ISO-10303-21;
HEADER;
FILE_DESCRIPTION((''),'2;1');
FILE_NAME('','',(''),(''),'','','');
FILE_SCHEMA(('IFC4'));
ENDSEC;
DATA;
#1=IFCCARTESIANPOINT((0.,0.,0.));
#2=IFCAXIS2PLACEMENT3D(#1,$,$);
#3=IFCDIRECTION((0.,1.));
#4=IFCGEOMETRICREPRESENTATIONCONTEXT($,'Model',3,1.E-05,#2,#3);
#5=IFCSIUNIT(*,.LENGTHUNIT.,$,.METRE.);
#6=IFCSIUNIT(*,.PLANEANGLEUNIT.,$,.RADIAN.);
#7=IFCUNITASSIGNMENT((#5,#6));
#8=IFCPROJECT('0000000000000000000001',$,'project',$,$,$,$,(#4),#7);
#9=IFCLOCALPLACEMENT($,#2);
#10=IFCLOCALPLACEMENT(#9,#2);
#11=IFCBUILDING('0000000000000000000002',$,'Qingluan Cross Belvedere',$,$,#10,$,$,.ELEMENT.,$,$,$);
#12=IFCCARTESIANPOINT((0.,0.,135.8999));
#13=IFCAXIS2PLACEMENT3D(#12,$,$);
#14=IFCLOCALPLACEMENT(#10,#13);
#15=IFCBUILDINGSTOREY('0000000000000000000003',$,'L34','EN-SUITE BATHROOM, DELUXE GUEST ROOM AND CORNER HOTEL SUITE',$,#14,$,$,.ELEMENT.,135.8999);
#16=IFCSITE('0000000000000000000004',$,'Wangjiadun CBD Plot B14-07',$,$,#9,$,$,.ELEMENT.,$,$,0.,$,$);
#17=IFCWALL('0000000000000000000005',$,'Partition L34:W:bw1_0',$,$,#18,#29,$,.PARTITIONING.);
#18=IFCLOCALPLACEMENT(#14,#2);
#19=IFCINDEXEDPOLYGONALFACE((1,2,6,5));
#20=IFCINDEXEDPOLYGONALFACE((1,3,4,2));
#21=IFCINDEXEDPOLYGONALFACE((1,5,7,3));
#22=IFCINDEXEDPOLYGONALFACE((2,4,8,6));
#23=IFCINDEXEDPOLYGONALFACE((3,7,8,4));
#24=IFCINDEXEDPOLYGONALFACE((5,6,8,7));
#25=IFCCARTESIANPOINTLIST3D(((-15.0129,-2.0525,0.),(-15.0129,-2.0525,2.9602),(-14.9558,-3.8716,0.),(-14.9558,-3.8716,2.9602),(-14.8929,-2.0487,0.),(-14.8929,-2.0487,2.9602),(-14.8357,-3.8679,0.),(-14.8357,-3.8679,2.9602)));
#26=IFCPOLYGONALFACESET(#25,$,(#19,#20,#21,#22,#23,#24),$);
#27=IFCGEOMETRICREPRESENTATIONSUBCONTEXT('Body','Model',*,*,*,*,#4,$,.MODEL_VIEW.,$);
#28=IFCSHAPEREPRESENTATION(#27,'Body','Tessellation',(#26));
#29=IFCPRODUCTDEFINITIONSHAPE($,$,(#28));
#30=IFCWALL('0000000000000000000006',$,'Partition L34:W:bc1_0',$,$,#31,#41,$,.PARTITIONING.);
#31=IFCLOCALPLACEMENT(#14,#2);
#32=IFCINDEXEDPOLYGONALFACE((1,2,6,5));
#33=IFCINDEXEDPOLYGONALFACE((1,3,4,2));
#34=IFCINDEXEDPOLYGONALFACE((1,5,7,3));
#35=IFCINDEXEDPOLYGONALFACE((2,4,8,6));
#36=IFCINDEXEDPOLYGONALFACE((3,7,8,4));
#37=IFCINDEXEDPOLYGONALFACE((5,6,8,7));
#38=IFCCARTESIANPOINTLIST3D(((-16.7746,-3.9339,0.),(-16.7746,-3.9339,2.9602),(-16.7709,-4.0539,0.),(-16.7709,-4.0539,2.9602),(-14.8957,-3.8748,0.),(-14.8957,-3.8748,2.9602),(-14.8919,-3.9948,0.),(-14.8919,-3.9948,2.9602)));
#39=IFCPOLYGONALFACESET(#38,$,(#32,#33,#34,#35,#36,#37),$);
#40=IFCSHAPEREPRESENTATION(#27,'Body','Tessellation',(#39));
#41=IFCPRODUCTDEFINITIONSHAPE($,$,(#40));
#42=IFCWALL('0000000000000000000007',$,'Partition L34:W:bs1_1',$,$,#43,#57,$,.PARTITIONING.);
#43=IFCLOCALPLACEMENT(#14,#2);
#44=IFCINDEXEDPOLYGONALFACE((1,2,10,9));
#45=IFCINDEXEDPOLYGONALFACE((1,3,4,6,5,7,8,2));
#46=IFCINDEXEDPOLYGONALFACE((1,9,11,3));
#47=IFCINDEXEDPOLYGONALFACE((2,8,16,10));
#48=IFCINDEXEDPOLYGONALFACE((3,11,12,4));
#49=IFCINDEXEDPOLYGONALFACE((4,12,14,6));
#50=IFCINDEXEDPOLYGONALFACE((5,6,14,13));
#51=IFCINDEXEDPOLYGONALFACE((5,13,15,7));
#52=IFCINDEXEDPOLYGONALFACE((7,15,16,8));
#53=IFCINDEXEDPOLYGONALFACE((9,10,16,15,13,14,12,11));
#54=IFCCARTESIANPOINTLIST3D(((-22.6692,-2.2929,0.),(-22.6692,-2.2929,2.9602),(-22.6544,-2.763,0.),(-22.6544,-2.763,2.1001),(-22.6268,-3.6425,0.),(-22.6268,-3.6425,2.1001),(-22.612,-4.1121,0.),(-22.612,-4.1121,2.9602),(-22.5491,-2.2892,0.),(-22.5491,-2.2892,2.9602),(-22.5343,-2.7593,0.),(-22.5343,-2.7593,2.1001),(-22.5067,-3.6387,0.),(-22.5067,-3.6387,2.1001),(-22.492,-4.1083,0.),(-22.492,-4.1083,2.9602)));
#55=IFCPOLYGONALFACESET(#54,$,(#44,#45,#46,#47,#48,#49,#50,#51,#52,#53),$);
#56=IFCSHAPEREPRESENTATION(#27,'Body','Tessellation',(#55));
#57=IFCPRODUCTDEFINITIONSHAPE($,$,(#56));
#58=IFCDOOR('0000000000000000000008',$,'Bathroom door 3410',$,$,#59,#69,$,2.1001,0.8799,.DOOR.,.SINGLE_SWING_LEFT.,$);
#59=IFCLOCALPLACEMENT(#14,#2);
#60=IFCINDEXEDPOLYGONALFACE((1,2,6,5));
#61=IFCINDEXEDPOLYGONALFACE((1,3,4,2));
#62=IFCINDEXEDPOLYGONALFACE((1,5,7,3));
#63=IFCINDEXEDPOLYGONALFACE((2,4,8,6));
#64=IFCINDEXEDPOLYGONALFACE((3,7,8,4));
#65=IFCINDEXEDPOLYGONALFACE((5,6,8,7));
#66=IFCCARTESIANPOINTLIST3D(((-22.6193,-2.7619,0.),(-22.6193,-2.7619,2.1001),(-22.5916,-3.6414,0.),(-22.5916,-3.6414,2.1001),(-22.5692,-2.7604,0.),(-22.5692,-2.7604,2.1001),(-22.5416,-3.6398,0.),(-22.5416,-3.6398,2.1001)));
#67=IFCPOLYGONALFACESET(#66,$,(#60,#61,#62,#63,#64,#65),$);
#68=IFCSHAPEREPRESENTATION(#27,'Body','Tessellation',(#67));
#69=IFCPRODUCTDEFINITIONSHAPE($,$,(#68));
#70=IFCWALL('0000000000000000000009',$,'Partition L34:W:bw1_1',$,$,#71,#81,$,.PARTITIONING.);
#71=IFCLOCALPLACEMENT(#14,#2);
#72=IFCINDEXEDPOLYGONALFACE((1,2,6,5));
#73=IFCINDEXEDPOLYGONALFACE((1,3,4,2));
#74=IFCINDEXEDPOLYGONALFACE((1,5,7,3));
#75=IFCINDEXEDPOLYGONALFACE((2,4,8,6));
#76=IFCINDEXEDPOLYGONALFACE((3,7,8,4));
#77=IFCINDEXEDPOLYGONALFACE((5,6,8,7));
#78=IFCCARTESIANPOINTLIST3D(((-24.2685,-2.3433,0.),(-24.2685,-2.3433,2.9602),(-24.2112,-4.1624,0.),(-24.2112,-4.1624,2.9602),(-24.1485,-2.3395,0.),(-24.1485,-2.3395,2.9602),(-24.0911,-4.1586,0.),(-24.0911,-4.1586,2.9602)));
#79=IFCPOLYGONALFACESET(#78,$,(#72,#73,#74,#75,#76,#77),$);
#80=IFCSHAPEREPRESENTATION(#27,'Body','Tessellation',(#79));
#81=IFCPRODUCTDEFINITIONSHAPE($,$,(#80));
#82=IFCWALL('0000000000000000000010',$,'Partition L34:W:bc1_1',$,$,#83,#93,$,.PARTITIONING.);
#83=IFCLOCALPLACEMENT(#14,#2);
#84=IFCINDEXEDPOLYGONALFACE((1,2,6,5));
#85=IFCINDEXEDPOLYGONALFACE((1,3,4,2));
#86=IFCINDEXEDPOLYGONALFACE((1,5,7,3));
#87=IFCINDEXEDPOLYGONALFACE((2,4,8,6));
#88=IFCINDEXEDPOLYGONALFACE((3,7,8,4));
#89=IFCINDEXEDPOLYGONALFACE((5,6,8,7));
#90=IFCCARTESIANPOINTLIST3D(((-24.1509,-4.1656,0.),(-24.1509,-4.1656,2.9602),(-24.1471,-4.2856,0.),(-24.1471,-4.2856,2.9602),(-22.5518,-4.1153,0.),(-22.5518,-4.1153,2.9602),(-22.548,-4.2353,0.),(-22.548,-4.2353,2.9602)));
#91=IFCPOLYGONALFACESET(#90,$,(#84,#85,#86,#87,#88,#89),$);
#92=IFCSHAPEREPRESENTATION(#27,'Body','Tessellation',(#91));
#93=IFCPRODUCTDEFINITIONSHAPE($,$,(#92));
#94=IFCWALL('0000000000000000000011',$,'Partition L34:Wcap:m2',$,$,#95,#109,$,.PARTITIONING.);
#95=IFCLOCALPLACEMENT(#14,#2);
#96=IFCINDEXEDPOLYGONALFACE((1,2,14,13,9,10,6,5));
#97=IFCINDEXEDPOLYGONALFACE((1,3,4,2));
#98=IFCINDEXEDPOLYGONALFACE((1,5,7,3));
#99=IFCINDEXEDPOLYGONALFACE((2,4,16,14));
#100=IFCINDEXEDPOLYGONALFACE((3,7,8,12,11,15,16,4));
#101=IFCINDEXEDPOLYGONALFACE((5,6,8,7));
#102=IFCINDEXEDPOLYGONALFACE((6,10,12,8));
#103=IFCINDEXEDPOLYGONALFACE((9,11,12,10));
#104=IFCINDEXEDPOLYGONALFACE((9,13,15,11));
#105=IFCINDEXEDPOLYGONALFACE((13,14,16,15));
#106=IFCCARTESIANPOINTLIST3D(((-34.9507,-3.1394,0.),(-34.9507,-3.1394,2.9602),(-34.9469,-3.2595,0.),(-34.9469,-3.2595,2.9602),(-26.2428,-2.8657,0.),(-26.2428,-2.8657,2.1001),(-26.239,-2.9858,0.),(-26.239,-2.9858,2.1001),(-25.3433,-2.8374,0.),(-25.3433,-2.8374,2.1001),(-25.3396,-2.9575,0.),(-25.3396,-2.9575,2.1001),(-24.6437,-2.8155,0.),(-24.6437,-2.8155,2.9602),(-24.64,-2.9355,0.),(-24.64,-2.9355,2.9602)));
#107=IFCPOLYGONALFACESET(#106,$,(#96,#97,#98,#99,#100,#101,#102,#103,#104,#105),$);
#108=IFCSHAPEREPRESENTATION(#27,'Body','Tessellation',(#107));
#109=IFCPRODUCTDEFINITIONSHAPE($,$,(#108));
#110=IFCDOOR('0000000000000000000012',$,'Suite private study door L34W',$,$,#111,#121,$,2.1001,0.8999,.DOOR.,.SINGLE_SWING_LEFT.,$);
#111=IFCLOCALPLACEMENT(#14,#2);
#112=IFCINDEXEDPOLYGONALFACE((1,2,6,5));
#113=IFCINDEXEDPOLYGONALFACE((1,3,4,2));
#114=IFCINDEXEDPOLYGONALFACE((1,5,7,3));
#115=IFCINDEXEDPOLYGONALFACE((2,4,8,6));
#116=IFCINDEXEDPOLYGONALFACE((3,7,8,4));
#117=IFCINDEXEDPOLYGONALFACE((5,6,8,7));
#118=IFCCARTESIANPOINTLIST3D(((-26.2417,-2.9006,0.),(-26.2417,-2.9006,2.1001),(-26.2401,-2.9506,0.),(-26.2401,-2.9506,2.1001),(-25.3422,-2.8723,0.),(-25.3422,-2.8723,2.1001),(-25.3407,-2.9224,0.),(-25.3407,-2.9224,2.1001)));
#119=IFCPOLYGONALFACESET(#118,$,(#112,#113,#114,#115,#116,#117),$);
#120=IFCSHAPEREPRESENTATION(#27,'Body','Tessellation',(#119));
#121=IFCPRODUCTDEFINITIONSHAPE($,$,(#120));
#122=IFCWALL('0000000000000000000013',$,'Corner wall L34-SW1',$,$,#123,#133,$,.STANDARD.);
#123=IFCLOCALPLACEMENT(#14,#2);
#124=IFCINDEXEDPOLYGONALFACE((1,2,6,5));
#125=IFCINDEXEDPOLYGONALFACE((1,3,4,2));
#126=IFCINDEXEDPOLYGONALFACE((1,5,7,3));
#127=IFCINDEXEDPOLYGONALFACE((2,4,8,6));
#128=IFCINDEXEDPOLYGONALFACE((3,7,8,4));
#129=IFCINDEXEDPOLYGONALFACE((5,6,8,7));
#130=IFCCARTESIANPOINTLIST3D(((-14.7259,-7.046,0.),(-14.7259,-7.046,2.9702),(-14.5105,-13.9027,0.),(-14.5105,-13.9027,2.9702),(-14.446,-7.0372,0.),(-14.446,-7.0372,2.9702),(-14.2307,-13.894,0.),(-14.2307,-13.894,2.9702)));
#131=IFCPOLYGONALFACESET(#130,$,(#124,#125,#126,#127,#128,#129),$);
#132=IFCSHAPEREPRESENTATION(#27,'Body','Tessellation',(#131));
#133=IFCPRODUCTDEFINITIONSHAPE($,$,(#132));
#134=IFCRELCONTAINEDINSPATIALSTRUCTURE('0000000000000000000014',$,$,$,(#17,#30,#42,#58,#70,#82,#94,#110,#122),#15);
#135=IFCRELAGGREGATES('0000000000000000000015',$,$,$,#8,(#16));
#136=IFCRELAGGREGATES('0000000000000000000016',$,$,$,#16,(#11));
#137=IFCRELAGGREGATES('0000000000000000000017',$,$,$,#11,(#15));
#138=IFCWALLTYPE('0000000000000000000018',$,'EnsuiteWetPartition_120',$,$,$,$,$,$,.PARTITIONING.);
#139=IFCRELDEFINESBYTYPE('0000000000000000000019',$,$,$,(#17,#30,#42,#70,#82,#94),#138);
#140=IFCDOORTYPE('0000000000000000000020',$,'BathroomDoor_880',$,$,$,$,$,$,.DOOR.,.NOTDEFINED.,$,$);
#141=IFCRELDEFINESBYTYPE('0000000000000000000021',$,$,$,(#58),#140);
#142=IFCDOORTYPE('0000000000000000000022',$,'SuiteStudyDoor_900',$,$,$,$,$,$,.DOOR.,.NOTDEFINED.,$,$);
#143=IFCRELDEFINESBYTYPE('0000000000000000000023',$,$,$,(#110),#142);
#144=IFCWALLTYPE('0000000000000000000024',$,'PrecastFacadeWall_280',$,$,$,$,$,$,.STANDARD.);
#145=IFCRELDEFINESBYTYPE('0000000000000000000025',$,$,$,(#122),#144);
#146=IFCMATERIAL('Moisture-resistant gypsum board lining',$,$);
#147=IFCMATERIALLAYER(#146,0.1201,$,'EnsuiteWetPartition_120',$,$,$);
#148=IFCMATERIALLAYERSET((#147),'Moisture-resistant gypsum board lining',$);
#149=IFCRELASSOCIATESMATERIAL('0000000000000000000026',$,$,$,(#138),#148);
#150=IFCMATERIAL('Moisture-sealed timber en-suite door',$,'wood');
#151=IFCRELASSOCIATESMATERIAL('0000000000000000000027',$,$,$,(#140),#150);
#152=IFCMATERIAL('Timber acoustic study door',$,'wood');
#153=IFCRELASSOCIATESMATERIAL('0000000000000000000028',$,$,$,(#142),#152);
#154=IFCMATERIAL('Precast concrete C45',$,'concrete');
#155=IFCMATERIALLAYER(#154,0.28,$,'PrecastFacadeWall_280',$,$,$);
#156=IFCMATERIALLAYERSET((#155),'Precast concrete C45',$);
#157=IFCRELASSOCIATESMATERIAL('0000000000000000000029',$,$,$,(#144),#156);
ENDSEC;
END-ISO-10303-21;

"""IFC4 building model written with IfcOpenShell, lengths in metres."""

from ifc_helpers import new_model, si_unit, direction, frame, frame_2d, origin, place, context, subcontext, project, spatial, rectangle, extrude, material, layer, layer_set, type_object, element, fill, save


model = new_model("IFC4")

# Units and contexts
model_context = context("Model", 3, precision=1e-05, world=origin(), true_north=direction((0.0, 1.0)))
body_context = subcontext(model_context, "Body", "Model", "MODEL_VIEW")
ifc_project = project(units=[si_unit("LENGTHUNIT", "METRE"), si_unit("PLANEANGLEUNIT", "RADIAN")], contexts=[model_context])

# Site, building, storey
site_placement = place(None, origin())
site = spatial("IfcSite", under=ifc_project, at=site_placement, Name="Wangjiadun CBD Plot B14-07", CompositionType="ELEMENT", RefElevation=0.0)
building_placement = place(site_placement, origin())
building = spatial("IfcBuilding", under=site, at=building_placement, Name="Qingluan Cross Belvedere", CompositionType="ELEMENT")
storey_placement = place(building_placement, frame((0.0, 0.0, 135.8999)))
storey = spatial("IfcBuildingStorey", under=building, at=storey_placement, Name="L34", Description="EN-SUITE BATHROOM, DELUXE GUEST ROOM AND CORNER HOTEL SUITE", CompositionType="ELEMENT", Elevation=135.8999)

# Shared definitions
ifc_material_1 = material(Name="Moisture-resistant gypsum board lining")
ifc_layer_1 = layer(ifc_material_1, 0.1201, Name="EnsuiteWetPartition_120")
ifc_layer_set_1 = layer_set([ifc_layer_1], Name="Moisture-resistant gypsum board lining")
wall_type_1 = type_object("IfcWallType", Name="EnsuiteWetPartition_120", PredefinedType="PARTITIONING", material=ifc_layer_set_1)
ifc_material_2 = material(Name="Moisture-sealed timber en-suite door", Category="wood")
door_type_1 = type_object("IfcDoorType", Name="BathroomDoor_880", OperationType="NOTDEFINED", PredefinedType="DOOR", material=ifc_material_2)

# Walls
wall_1_placement = place(storey_placement, frame((-14.8958, -3.8699, 0.0), z_axis=(0.0, 0.0, 1.0), x_axis=(-0.03139, 0.999507, 0.0)))
element("IfcWall", 1, at=wall_1_placement, inside=storey, type_object=wall_type_1, Name="Partition L34:W:bw1_0", PredefinedType="PARTITIONING", context=body_context, shape_type="SweptSolid", body=[
    extrude(rectangle(XDim=1.8201, YDim=0.1201, at=frame_2d((0.9102, 0.0))), origin(), (0.0, 0.0, 1.0), 2.9602),
])
wall_2_placement = place(storey_placement, frame((-14.8938, -3.9348, 0.0), z_axis=(0.0, 0.0, 1.0), x_axis=(-0.999506, -0.031429, 0.0)))
element("IfcWall", 2, at=wall_2_placement, inside=storey, type_object=wall_type_1, Name="Partition L34:W:bc1_0", PredefinedType="PARTITIONING", context=body_context, shape_type="SweptSolid", body=[
    extrude(rectangle(XDim=1.8799, YDim=0.1201, at=frame_2d((0.9399, 0.0))), origin(), (0.0, 0.0, 1.0), 2.9602),
])

# Wall, opening, door
wall_3_placement = place(storey_placement, frame((-22.552, -4.1104, 0.0), z_axis=(0.0, 0.0, 1.0), x_axis=(-0.03139, 0.999507, 0.0)))
wall_3 = element("IfcWall", 3, at=wall_3_placement, inside=storey, type_object=wall_type_1, Name="Partition L34:W:bs1_1", PredefinedType="PARTITIONING", context=body_context, shape_type="SweptSolid", body=[
    extrude(rectangle(XDim=1.8201, YDim=0.1201, at=frame_2d((0.9102, 0.0))), origin(), (0.0, 0.0, 1.0), 2.9602),
])
opening_1_placement = place(wall_3_placement, frame((0.47, 0.0, 0.0)))
opening_1 = element("IfcOpeningElement", 4, at=opening_1_placement, cuts=wall_3, PredefinedType="OPENING", context=body_context, shape_type="SweptSolid", body=[
    extrude(rectangle(XDim=0.8799, YDim=2.1001, at=frame_2d((0.4399, 1.05))), frame((0.0, 0.0701, 0.0), z_axis=(0.0, -1.0, 0.0), x_axis=(1.0, 0.0, 0.0)), (0.0, 0.0, 1.0), 0.1401),
])
door_1_placement = place(opening_1_placement, origin())
door_1 = element("IfcDoor", 5, at=door_1_placement, inside=storey, type_object=door_type_1, Name="Bathroom door 3410", OperationType="SINGLE_SWING_LEFT", OverallHeight=2.1001, OverallWidth=0.8799, PredefinedType="DOOR", context=body_context, shape_type="SweptSolid", body=[
    extrude(rectangle(XDim=0.8799, YDim=2.1001, at=frame_2d((0.4399, 1.05))), frame((0.0, 0.0249, 0.0), z_axis=(0.0, -1.0, 0.0), x_axis=(1.0, 0.0, 0.0)), (0.0, 0.0, 1.0), 0.05),
])
fill(opening_1, door_1)

# Walls
wall_4_placement = place(storey_placement, frame((-24.1511, -4.1606, 0.0), z_axis=(0.0, 0.0, 1.0), x_axis=(-0.031524, 0.999503, 0.0)))
element("IfcWall", 6, at=wall_4_placement, inside=storey, type_object=wall_type_1, Name="Partition L34:W:bw1_1", PredefinedType="PARTITIONING", context=body_context, shape_type="SweptSolid", body=[
    extrude(rectangle(XDim=1.8201, YDim=0.1201, at=frame_2d((0.9102, 0.0))), origin(), (0.0, 0.0, 1.0), 2.9602),
])
wall_5_placement = place(storey_placement, frame((-22.55, -4.1753, 0.0), z_axis=(0.0, 0.0, 1.0), x_axis=(-0.999506, -0.031435, 0.0)))
element("IfcWall", 7, at=wall_5_placement, inside=storey, type_object=wall_type_1, Name="Partition L34:W:bc1_1", PredefinedType="PARTITIONING", context=body_context, shape_type="SweptSolid", body=[
    extrude(rectangle(XDim=1.5999, YDim=0.1201, at=frame_2d((0.7998, 0.0))), origin(), (0.0, 0.0, 1.0), 2.9602),
])

# Wall, opening, door
wall_6_placement = place(storey_placement, frame((-24.6418, -2.8755, 0.0), z_axis=(0.0, 0.0, 1.0), x_axis=(-0.999506, -0.031417, 0.0)))
wall_6 = element("IfcWall", 8, at=wall_6_placement, inside=storey, type_object=wall_type_1, Name="Partition L34:Wcap:m2", PredefinedType="PARTITIONING", context=body_context, shape_type="SweptSolid", body=[
    extrude(rectangle(XDim=10.312, YDim=0.1201, at=frame_2d((5.156, 0.0))), origin(), (0.0, 0.0, 1.0), 2.9602),
])
opening_2_placement = place(wall_6_placement, frame((0.7, 0.0, 0.0)))
opening_2 = element("IfcOpeningElement", 9, at=opening_2_placement, cuts=wall_6, PredefinedType="OPENING", context=body_context, shape_type="SweptSolid", body=[
    extrude(rectangle(XDim=0.8999, YDim=2.1001, at=frame_2d((0.45, 1.05))), frame((0.0, 0.0701, 0.0), z_axis=(0.0, -1.0, 0.0), x_axis=(1.0, 0.0, 0.0)), (0.0, 0.0, 1.0), 0.1401),
])
ifc_material_3 = material(Name="Timber acoustic study door", Category="wood")
door_type_2 = type_object("IfcDoorType", Name="SuiteStudyDoor_900", OperationType="NOTDEFINED", PredefinedType="DOOR", material=ifc_material_3)
door_2_placement = place(opening_2_placement, origin())
door_2 = element("IfcDoor", 10, at=door_2_placement, inside=storey, type_object=door_type_2, Name="Suite private study door L34W", OperationType="SINGLE_SWING_LEFT", OverallHeight=2.1001, OverallWidth=0.8999, PredefinedType="DOOR", context=body_context, shape_type="SweptSolid", body=[
    extrude(rectangle(XDim=0.8999, YDim=2.1001, at=frame_2d((0.45, 1.05))), frame((0.0, 0.0249, 0.0), z_axis=(0.0, -1.0, 0.0), x_axis=(1.0, 0.0, 0.0)), (0.0, 0.0, 1.0), 0.05),
])
fill(opening_2, door_2)

# Wall
ifc_material_4 = material(Name="Precast concrete C45", Category="concrete")
ifc_layer_2 = layer(ifc_material_4, 0.28, Name="PrecastFacadeWall_280")
ifc_layer_set_2 = layer_set([ifc_layer_2], Name="Precast concrete C45")
wall_type_2 = type_object("IfcWallType", Name="PrecastFacadeWall_280", PredefinedType="STANDARD", material=ifc_layer_set_2)
wall_7_placement = place(storey_placement, frame((-14.5859, -7.0415, 0.0), z_axis=(0.0, 0.0, 1.0), x_axis=(0.031389, -0.999507, 0.0)))
element("IfcWall", 11, at=wall_7_placement, inside=storey, type_object=wall_type_2, Name="Corner wall L34-SW1", PredefinedType="STANDARD", context=body_context, shape_type="SweptSolid", body=[
    extrude(rectangle(XDim=6.8601, YDim=0.28, at=frame_2d((3.4302, 0.0))), origin(), (0.0, 0.0, 1.0), 2.9702),
])

save(model, "model.ifc")
